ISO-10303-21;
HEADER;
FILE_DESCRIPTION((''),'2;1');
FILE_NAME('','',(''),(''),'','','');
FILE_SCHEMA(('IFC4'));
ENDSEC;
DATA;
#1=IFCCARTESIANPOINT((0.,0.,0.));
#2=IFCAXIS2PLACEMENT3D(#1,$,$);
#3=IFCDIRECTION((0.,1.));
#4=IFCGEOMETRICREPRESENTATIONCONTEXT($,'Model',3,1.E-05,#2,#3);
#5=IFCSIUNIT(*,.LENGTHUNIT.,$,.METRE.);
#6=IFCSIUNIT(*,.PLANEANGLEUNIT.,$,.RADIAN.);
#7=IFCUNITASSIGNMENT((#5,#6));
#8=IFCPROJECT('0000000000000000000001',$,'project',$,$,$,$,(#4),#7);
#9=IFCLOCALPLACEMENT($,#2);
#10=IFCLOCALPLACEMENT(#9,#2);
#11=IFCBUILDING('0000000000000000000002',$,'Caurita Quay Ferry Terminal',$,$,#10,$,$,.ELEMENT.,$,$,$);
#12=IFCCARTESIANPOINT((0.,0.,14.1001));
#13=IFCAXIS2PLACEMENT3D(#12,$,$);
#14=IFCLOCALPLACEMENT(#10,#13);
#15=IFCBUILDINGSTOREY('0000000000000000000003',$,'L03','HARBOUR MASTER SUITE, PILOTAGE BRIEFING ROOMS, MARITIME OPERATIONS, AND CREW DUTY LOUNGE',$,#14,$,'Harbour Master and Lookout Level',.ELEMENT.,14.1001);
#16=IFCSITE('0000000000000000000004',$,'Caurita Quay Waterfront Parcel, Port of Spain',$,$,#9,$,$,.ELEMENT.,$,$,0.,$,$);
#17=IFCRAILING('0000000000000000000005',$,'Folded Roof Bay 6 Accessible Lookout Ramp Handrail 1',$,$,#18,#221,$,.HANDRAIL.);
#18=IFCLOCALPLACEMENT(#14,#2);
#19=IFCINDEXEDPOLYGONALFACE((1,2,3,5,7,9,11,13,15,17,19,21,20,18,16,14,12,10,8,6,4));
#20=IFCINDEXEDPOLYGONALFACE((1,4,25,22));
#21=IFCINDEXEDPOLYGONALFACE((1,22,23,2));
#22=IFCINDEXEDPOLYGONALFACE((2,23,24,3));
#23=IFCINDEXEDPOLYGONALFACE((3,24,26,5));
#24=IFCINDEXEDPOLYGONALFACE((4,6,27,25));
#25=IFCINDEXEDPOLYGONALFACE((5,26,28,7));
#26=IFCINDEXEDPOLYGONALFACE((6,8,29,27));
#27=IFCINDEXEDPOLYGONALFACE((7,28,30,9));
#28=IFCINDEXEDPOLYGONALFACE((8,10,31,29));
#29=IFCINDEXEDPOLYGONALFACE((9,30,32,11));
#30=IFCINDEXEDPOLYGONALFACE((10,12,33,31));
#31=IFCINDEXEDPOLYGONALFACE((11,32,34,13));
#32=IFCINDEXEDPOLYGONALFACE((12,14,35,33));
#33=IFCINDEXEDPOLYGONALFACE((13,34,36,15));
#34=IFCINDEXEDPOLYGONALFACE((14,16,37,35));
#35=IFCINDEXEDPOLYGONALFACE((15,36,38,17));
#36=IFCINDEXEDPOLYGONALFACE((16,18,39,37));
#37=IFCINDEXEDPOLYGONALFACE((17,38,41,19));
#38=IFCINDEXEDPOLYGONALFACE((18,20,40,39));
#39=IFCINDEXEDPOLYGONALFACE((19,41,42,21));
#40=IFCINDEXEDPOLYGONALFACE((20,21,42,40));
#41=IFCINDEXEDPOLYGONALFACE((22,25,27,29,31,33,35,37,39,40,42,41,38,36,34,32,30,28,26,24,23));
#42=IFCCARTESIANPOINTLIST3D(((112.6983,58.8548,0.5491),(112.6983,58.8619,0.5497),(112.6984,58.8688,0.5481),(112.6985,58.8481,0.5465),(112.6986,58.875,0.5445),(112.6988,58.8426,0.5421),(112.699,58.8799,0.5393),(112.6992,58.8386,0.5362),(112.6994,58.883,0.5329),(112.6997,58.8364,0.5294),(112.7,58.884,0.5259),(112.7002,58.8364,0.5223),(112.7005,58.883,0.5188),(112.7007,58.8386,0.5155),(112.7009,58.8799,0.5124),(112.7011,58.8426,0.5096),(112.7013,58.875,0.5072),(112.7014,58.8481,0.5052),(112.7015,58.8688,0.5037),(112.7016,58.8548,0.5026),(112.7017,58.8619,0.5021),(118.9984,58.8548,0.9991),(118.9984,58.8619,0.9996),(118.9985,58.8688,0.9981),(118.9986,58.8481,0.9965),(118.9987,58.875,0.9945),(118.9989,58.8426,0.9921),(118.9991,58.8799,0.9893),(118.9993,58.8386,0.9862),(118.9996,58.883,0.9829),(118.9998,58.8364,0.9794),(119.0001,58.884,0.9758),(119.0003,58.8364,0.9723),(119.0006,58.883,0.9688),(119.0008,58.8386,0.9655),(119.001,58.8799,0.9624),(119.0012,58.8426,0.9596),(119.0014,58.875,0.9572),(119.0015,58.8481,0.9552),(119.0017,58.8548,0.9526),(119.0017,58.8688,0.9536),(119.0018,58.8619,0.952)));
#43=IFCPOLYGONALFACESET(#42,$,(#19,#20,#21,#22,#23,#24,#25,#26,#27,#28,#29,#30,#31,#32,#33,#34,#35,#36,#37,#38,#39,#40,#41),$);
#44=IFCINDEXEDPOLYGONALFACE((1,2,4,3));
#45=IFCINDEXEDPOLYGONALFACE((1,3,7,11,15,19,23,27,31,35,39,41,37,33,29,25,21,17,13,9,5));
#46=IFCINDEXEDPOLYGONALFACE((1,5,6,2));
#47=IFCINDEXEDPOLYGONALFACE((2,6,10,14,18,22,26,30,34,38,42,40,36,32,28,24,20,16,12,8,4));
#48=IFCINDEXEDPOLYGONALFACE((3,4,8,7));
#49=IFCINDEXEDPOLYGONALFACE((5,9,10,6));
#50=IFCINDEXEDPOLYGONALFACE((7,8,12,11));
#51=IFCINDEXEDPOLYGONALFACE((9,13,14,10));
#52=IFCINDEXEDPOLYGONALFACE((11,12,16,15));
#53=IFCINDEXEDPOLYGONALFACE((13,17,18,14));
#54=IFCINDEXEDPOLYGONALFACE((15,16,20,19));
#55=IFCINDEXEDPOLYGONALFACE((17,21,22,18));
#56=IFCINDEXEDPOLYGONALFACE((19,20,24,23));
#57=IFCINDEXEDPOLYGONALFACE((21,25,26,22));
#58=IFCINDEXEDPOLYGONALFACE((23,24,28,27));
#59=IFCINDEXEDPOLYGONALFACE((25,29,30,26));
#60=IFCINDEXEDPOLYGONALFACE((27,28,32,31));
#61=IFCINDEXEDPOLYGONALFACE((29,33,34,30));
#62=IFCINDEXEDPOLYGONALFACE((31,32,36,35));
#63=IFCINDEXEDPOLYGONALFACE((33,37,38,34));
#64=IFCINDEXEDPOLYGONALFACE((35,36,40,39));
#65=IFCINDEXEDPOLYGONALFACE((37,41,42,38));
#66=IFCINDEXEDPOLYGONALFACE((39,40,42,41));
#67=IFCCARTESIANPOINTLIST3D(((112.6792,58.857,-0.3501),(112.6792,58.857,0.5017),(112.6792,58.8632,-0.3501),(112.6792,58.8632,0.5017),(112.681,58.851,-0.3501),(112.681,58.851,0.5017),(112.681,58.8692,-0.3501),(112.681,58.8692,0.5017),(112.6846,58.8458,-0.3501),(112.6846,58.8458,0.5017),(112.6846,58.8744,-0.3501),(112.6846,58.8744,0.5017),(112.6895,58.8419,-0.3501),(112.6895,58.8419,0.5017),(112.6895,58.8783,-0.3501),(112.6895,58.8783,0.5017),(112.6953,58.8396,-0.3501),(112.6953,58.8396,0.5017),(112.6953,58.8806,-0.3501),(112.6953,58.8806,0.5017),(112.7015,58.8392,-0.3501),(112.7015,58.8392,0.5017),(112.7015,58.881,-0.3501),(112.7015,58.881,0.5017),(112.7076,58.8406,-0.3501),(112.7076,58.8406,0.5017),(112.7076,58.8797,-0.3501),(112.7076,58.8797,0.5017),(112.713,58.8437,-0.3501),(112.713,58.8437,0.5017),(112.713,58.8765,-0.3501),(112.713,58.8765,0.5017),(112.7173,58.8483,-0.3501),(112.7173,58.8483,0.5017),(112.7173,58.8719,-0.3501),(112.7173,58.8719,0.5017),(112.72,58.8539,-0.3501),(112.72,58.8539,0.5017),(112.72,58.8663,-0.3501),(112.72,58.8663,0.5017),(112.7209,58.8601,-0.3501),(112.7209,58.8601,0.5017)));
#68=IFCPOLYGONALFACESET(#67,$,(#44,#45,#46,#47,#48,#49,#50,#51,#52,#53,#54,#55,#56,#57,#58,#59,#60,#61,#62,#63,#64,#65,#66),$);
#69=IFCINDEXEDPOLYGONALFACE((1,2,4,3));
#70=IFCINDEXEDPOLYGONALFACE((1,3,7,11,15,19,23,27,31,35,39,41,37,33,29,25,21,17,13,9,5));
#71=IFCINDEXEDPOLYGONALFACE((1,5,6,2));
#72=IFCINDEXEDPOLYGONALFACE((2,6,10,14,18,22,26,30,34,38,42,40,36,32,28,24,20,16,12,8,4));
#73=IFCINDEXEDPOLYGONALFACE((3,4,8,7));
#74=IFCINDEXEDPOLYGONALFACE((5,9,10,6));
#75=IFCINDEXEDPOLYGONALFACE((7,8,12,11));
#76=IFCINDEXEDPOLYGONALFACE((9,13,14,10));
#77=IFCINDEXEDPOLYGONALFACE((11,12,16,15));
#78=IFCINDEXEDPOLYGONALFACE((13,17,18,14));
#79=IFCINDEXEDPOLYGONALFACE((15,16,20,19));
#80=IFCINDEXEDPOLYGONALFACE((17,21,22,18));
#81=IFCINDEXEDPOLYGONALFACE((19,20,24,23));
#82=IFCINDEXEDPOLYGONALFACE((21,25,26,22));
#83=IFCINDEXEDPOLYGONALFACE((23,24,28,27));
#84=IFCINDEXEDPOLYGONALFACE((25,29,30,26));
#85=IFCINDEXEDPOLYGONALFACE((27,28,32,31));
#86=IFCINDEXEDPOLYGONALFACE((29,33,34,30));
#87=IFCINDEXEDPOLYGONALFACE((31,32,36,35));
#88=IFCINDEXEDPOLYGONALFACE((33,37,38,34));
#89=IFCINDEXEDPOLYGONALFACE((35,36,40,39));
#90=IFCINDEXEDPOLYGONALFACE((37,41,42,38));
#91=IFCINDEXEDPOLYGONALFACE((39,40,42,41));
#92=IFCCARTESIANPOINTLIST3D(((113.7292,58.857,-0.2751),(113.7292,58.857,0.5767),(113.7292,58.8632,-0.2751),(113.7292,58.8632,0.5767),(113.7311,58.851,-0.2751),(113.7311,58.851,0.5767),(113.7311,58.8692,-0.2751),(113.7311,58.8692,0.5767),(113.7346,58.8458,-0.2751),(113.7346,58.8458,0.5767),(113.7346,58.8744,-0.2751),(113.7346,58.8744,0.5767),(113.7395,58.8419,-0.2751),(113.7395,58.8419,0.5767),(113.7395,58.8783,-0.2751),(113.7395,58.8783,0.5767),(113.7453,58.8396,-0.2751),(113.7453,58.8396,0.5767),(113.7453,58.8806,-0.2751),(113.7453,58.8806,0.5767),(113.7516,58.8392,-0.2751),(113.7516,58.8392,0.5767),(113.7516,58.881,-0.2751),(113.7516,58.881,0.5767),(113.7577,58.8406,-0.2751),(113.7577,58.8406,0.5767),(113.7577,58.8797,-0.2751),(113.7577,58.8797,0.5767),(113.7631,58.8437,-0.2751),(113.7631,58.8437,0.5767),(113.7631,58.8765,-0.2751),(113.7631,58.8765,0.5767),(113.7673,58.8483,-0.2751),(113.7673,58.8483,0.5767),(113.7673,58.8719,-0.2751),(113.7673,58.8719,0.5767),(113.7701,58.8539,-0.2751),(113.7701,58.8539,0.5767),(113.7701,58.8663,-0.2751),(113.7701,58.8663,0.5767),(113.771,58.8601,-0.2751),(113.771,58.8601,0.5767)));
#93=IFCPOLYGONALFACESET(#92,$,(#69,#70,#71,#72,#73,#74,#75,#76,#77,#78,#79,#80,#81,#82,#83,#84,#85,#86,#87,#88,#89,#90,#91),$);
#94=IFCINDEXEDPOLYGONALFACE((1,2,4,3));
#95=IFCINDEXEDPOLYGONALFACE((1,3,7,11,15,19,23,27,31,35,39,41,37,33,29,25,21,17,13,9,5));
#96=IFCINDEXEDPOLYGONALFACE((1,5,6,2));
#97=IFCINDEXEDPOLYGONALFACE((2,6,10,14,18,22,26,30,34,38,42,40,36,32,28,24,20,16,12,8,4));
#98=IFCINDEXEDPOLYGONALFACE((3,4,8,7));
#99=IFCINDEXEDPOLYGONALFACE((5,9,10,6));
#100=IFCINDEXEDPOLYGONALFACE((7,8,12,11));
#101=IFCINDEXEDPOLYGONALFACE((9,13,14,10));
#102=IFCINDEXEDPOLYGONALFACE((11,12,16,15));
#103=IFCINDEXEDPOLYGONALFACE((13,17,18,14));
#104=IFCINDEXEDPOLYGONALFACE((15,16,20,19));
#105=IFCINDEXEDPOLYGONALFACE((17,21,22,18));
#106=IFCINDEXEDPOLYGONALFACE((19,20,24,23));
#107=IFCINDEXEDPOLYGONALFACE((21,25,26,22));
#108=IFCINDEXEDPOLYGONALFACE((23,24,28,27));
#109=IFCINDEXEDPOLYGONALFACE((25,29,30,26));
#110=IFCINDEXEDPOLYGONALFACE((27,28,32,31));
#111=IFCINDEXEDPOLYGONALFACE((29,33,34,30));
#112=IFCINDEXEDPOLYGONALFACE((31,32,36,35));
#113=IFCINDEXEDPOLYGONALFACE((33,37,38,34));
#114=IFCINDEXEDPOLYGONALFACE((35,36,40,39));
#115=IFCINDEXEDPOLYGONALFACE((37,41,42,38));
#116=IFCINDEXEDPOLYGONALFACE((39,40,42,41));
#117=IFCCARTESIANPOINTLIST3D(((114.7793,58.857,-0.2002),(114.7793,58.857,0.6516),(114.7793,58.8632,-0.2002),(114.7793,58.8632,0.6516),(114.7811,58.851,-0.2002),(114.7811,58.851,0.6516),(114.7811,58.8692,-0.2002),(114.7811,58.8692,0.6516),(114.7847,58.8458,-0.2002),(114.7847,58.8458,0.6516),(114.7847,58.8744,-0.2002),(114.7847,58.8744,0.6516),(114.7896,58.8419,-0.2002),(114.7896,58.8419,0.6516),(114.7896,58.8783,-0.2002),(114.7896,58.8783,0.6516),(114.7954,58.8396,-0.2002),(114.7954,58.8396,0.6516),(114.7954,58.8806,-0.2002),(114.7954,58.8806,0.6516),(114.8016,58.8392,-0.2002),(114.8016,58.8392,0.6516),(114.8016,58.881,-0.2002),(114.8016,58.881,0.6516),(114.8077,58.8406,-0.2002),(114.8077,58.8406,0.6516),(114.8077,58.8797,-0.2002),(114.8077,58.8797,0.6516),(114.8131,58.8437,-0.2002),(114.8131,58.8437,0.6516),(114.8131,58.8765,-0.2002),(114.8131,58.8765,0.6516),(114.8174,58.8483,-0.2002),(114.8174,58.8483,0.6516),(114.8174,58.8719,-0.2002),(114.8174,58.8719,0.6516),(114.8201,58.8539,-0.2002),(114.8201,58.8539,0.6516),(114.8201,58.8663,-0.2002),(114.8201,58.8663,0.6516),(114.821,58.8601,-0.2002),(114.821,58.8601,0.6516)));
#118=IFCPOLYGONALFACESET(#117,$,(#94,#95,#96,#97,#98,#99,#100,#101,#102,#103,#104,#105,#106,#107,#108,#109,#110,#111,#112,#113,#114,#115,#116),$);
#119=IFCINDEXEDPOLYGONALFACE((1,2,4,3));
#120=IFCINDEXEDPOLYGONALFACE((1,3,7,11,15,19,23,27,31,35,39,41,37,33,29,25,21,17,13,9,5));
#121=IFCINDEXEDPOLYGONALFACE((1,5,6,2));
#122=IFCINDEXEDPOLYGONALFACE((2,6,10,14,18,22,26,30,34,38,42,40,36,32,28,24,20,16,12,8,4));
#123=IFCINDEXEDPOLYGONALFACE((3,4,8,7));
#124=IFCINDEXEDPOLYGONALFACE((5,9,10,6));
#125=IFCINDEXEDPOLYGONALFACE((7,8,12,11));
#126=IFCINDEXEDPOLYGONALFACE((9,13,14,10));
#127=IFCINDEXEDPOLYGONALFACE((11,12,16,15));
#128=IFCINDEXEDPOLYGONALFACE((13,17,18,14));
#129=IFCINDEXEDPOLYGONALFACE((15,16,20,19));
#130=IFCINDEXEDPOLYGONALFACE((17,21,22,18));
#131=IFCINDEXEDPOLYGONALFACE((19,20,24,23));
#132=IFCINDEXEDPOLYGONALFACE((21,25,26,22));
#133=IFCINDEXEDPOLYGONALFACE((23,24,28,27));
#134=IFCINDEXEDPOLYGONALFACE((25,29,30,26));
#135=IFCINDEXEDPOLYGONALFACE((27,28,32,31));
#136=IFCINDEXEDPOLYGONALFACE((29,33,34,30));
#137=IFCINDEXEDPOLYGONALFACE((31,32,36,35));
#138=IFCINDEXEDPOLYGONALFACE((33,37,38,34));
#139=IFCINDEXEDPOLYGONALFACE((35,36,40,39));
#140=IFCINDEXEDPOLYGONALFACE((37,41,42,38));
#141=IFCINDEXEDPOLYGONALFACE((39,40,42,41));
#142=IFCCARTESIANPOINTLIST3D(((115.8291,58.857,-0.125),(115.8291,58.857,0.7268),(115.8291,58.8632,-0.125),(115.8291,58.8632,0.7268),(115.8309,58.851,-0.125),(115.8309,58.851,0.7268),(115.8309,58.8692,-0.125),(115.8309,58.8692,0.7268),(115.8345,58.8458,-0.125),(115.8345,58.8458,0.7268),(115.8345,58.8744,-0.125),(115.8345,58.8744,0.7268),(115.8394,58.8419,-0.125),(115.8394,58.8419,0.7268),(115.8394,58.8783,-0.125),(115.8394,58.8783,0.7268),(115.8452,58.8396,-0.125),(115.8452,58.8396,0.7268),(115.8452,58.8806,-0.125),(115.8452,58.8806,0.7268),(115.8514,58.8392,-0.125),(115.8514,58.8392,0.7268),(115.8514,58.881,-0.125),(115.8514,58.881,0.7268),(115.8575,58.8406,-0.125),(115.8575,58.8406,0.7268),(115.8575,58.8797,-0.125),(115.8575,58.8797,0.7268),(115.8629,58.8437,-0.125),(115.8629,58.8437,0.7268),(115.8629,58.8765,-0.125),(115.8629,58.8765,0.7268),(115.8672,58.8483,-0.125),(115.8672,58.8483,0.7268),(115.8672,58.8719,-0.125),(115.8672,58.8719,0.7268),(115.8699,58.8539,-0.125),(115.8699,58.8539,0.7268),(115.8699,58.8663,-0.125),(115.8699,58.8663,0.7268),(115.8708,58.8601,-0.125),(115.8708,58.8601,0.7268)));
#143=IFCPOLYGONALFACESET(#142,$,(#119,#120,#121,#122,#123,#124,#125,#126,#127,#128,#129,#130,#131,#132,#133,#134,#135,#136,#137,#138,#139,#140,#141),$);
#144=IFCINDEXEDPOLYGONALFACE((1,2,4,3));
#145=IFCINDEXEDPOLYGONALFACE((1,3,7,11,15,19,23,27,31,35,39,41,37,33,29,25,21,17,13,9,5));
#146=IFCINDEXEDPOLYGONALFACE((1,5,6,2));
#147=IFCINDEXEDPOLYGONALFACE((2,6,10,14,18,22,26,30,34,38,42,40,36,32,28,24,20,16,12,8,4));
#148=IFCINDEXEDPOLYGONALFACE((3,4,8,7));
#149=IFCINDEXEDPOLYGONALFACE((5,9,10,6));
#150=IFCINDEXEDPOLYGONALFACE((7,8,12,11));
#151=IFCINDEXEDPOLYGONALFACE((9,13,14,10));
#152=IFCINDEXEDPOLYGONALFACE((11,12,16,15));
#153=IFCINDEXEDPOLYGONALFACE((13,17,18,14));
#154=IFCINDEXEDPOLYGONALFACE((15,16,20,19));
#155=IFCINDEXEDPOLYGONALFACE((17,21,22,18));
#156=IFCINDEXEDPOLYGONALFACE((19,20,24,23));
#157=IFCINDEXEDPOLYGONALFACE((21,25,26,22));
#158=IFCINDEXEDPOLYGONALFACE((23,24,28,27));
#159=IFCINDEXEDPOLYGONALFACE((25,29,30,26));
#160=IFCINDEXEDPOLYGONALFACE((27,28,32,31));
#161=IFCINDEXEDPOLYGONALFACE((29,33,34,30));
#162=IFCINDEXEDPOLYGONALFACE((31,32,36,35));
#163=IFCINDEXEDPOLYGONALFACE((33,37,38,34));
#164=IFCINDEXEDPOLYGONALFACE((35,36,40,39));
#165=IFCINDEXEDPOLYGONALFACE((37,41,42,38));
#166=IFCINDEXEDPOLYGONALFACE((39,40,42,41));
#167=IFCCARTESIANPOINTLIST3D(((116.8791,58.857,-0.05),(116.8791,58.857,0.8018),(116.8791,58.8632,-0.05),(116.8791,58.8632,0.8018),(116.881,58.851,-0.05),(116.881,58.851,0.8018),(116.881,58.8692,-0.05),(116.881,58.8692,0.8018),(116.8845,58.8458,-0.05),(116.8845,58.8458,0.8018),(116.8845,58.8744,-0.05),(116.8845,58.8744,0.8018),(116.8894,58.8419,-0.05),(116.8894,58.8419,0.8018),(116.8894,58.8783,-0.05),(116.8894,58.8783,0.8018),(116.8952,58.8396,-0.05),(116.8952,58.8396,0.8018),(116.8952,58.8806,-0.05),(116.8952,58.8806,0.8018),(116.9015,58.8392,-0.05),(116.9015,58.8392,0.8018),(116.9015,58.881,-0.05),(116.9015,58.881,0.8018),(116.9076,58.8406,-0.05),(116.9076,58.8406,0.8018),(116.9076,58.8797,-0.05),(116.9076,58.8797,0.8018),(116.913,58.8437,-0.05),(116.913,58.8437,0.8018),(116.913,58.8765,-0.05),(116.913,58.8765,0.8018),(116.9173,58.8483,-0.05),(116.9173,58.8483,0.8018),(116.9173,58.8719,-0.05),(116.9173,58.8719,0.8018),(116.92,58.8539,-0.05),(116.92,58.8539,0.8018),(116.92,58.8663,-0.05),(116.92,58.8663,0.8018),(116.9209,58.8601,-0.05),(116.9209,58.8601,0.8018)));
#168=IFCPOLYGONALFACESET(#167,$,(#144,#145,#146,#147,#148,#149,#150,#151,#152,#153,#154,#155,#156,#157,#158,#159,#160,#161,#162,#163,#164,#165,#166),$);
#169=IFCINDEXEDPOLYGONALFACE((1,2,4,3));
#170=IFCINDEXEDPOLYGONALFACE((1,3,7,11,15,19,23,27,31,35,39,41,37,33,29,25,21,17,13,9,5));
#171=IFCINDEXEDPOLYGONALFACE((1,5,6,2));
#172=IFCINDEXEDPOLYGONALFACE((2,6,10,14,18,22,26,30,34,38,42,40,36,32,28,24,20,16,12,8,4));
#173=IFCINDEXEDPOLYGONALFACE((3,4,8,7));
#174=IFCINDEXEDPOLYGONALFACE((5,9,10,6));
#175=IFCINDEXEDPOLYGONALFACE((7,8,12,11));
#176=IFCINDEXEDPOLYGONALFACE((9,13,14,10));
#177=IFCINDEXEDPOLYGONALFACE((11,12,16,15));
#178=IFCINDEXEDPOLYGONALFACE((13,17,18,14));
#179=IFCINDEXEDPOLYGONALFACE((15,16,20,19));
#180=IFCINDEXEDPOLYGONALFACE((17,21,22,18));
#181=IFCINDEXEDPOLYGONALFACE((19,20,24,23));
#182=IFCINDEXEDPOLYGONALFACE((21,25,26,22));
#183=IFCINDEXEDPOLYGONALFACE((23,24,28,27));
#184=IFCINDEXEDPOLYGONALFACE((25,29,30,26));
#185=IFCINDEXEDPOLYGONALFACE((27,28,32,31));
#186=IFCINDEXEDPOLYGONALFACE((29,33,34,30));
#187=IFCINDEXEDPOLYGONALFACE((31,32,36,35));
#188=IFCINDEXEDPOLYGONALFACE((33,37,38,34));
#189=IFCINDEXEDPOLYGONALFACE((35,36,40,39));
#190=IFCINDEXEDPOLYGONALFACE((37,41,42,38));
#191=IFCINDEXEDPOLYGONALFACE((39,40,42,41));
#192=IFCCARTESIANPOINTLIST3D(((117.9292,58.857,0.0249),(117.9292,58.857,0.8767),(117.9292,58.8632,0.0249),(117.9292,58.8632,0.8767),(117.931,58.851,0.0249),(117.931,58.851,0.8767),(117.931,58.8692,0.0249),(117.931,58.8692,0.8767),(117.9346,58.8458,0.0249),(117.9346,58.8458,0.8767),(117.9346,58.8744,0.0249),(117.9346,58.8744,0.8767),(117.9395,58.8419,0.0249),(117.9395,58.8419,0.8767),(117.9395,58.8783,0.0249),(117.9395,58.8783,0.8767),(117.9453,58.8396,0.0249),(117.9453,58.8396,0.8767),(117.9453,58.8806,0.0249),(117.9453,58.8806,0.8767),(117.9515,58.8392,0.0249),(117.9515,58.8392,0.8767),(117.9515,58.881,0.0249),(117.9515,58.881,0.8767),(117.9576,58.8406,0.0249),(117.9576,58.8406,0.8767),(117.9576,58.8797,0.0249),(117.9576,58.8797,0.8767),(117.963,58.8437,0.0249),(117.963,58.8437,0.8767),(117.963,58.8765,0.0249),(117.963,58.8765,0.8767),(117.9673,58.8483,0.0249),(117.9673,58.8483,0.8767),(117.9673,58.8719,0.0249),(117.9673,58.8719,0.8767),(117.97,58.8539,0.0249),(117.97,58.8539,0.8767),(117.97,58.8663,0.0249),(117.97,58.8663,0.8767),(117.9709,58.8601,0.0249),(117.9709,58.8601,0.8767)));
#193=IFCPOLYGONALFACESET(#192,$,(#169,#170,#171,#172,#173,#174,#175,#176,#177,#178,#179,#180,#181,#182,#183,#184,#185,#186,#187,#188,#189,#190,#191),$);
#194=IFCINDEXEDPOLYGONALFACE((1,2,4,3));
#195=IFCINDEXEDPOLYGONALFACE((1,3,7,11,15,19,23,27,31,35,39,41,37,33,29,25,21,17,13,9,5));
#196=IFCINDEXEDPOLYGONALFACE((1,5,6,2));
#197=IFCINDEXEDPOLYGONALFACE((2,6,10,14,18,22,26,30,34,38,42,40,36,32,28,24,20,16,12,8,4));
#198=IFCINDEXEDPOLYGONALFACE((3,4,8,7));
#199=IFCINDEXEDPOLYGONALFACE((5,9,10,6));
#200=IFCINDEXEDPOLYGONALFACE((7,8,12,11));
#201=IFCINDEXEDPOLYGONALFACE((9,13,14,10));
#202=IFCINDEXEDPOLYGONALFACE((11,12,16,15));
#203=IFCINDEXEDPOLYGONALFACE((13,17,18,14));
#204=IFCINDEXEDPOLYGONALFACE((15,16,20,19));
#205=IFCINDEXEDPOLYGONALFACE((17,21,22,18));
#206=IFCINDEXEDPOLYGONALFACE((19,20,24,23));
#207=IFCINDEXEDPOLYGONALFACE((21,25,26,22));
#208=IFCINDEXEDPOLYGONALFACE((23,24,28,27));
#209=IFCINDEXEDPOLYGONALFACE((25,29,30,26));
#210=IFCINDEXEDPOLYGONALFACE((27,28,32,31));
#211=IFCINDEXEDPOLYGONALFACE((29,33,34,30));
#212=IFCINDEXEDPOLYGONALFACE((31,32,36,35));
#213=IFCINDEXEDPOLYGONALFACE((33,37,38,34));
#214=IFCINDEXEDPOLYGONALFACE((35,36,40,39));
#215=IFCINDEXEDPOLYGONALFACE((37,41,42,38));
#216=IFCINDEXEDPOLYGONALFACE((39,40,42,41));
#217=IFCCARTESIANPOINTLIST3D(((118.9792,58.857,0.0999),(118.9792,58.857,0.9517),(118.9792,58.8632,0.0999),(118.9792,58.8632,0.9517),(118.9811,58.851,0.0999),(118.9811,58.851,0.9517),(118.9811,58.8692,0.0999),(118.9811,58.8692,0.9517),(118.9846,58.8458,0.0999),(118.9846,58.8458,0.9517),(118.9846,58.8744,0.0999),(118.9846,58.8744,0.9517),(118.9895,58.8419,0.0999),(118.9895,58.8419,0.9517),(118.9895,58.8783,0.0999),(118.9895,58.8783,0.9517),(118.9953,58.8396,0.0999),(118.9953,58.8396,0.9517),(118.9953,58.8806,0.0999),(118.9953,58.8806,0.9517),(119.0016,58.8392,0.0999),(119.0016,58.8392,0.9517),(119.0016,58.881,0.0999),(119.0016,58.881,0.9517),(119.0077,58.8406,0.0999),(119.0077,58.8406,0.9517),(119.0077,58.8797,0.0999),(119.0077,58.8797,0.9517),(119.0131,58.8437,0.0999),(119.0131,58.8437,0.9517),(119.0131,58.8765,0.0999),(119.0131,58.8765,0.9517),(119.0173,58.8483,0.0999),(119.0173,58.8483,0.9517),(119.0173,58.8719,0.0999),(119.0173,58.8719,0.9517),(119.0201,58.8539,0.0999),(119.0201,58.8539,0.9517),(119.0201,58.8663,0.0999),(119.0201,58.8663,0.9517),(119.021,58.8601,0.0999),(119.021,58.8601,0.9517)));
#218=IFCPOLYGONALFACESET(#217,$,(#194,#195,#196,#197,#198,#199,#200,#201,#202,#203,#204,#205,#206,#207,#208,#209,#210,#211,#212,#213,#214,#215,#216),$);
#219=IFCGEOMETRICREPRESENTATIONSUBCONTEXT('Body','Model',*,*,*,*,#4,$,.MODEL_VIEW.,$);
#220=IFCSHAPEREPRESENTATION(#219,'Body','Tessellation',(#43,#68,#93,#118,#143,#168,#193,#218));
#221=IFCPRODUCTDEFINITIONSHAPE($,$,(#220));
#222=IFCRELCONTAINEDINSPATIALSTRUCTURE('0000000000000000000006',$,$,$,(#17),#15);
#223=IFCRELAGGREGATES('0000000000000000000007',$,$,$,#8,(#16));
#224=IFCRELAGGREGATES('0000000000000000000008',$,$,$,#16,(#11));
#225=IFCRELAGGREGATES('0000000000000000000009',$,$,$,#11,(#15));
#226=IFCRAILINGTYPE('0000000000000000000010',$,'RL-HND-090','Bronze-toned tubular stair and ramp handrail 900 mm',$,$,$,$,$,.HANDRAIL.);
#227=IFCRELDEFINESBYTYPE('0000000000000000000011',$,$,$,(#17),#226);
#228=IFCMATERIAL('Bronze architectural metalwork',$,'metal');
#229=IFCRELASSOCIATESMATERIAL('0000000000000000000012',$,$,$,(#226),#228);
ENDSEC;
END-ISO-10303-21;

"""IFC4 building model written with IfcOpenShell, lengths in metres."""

from ifc_helpers import new_model, si_unit, direction, frame, origin, origin_2d, place, context, subcontext, project, spatial, circle, extrude, material, type_object, element, save


model = new_model("IFC4")

# Units and contexts
model_context = context("Model", 3, precision=1e-05, world=origin(), true_north=direction((0.0, 1.0)))
body_context = subcontext(model_context, "Body", "Model", "MODEL_VIEW")
ifc_project = project(units=[si_unit("LENGTHUNIT", "METRE"), si_unit("PLANEANGLEUNIT", "RADIAN")], contexts=[model_context])

# Site, building, storey
site_placement = place(None, origin())
site = spatial("IfcSite", under=ifc_project, at=site_placement, Name="Caurita Quay Waterfront Parcel, Port of Spain", CompositionType="ELEMENT", RefElevation=0.0)
building_placement = place(site_placement, origin())
building = spatial("IfcBuilding", under=site, at=building_placement, Name="Caurita Quay Ferry Terminal", CompositionType="ELEMENT")
storey_placement = place(building_placement, frame((0.0, 0.0, 14.1001)))
storey = spatial("IfcBuildingStorey", under=building, at=storey_placement, Name="L03", Description="HARBOUR MASTER SUITE, PILOTAGE BRIEFING ROOMS, MARITIME OPERATIONS, AND CREW DUTY LOUNGE", LongName="Harbour Master and Lookout Level", CompositionType="ELEMENT", Elevation=14.1001)

# Railing
ifc_material_1 = material(Name="Bronze architectural metalwork", Category="metal")
railing_type_1 = type_object("IfcRailingType", Name="RL-HND-090", Description="Bronze-toned tubular stair and ramp handrail 900 mm", PredefinedType="HANDRAIL", material=ifc_material_1)
railing_1_placement = place(storey_placement, frame((112.7, 58.8601, -0.3501)))
element("IfcRailing", 1, at=railing_1_placement, inside=storey, type_object=railing_type_1, Name="Folded Roof Bay 6 Accessible Lookout Ramp Handrail 1", PredefinedType="HANDRAIL", context=body_context, shape_type="SweptSolid", body=[
    extrude(circle(Radius=0.0239, at=origin_2d()), frame((0.0, 0.0, 0.876), z_axis=(0.997459, 0.0, 0.071239), x_axis=(0.0, 1.0, 0.0)), (0.0, 0.0, 1.0), 6.3162),
    extrude(circle(Radius=0.021, at=origin_2d()), origin(), (0.0, 0.0, 1.0), 0.8518),
    extrude(circle(Radius=0.021, at=origin_2d()), frame((1.05, 0.0, 0.075)), (0.0, 0.0, 1.0), 0.8518),
    extrude(circle(Radius=0.021, at=origin_2d()), frame((2.1001, 0.0, 0.1499)), (0.0, 0.0, 1.0), 0.8518),
    extrude(circle(Radius=0.021, at=origin_2d()), frame((3.1499, 0.0, 0.2251)), (0.0, 0.0, 1.0), 0.8518),
    extrude(circle(Radius=0.021, at=origin_2d()), frame((4.2, 0.0, 0.3)), (0.0, 0.0, 1.0), 0.8518),
    extrude(circle(Radius=0.021, at=origin_2d()), frame((5.25, 0.0, 0.375)), (0.0, 0.0, 1.0), 0.8518),
    extrude(circle(Radius=0.021, at=origin_2d()), frame((6.3, 0.0, 0.45)), (0.0, 0.0, 1.0), 0.8518),
])

save(model, "model.ifc")
